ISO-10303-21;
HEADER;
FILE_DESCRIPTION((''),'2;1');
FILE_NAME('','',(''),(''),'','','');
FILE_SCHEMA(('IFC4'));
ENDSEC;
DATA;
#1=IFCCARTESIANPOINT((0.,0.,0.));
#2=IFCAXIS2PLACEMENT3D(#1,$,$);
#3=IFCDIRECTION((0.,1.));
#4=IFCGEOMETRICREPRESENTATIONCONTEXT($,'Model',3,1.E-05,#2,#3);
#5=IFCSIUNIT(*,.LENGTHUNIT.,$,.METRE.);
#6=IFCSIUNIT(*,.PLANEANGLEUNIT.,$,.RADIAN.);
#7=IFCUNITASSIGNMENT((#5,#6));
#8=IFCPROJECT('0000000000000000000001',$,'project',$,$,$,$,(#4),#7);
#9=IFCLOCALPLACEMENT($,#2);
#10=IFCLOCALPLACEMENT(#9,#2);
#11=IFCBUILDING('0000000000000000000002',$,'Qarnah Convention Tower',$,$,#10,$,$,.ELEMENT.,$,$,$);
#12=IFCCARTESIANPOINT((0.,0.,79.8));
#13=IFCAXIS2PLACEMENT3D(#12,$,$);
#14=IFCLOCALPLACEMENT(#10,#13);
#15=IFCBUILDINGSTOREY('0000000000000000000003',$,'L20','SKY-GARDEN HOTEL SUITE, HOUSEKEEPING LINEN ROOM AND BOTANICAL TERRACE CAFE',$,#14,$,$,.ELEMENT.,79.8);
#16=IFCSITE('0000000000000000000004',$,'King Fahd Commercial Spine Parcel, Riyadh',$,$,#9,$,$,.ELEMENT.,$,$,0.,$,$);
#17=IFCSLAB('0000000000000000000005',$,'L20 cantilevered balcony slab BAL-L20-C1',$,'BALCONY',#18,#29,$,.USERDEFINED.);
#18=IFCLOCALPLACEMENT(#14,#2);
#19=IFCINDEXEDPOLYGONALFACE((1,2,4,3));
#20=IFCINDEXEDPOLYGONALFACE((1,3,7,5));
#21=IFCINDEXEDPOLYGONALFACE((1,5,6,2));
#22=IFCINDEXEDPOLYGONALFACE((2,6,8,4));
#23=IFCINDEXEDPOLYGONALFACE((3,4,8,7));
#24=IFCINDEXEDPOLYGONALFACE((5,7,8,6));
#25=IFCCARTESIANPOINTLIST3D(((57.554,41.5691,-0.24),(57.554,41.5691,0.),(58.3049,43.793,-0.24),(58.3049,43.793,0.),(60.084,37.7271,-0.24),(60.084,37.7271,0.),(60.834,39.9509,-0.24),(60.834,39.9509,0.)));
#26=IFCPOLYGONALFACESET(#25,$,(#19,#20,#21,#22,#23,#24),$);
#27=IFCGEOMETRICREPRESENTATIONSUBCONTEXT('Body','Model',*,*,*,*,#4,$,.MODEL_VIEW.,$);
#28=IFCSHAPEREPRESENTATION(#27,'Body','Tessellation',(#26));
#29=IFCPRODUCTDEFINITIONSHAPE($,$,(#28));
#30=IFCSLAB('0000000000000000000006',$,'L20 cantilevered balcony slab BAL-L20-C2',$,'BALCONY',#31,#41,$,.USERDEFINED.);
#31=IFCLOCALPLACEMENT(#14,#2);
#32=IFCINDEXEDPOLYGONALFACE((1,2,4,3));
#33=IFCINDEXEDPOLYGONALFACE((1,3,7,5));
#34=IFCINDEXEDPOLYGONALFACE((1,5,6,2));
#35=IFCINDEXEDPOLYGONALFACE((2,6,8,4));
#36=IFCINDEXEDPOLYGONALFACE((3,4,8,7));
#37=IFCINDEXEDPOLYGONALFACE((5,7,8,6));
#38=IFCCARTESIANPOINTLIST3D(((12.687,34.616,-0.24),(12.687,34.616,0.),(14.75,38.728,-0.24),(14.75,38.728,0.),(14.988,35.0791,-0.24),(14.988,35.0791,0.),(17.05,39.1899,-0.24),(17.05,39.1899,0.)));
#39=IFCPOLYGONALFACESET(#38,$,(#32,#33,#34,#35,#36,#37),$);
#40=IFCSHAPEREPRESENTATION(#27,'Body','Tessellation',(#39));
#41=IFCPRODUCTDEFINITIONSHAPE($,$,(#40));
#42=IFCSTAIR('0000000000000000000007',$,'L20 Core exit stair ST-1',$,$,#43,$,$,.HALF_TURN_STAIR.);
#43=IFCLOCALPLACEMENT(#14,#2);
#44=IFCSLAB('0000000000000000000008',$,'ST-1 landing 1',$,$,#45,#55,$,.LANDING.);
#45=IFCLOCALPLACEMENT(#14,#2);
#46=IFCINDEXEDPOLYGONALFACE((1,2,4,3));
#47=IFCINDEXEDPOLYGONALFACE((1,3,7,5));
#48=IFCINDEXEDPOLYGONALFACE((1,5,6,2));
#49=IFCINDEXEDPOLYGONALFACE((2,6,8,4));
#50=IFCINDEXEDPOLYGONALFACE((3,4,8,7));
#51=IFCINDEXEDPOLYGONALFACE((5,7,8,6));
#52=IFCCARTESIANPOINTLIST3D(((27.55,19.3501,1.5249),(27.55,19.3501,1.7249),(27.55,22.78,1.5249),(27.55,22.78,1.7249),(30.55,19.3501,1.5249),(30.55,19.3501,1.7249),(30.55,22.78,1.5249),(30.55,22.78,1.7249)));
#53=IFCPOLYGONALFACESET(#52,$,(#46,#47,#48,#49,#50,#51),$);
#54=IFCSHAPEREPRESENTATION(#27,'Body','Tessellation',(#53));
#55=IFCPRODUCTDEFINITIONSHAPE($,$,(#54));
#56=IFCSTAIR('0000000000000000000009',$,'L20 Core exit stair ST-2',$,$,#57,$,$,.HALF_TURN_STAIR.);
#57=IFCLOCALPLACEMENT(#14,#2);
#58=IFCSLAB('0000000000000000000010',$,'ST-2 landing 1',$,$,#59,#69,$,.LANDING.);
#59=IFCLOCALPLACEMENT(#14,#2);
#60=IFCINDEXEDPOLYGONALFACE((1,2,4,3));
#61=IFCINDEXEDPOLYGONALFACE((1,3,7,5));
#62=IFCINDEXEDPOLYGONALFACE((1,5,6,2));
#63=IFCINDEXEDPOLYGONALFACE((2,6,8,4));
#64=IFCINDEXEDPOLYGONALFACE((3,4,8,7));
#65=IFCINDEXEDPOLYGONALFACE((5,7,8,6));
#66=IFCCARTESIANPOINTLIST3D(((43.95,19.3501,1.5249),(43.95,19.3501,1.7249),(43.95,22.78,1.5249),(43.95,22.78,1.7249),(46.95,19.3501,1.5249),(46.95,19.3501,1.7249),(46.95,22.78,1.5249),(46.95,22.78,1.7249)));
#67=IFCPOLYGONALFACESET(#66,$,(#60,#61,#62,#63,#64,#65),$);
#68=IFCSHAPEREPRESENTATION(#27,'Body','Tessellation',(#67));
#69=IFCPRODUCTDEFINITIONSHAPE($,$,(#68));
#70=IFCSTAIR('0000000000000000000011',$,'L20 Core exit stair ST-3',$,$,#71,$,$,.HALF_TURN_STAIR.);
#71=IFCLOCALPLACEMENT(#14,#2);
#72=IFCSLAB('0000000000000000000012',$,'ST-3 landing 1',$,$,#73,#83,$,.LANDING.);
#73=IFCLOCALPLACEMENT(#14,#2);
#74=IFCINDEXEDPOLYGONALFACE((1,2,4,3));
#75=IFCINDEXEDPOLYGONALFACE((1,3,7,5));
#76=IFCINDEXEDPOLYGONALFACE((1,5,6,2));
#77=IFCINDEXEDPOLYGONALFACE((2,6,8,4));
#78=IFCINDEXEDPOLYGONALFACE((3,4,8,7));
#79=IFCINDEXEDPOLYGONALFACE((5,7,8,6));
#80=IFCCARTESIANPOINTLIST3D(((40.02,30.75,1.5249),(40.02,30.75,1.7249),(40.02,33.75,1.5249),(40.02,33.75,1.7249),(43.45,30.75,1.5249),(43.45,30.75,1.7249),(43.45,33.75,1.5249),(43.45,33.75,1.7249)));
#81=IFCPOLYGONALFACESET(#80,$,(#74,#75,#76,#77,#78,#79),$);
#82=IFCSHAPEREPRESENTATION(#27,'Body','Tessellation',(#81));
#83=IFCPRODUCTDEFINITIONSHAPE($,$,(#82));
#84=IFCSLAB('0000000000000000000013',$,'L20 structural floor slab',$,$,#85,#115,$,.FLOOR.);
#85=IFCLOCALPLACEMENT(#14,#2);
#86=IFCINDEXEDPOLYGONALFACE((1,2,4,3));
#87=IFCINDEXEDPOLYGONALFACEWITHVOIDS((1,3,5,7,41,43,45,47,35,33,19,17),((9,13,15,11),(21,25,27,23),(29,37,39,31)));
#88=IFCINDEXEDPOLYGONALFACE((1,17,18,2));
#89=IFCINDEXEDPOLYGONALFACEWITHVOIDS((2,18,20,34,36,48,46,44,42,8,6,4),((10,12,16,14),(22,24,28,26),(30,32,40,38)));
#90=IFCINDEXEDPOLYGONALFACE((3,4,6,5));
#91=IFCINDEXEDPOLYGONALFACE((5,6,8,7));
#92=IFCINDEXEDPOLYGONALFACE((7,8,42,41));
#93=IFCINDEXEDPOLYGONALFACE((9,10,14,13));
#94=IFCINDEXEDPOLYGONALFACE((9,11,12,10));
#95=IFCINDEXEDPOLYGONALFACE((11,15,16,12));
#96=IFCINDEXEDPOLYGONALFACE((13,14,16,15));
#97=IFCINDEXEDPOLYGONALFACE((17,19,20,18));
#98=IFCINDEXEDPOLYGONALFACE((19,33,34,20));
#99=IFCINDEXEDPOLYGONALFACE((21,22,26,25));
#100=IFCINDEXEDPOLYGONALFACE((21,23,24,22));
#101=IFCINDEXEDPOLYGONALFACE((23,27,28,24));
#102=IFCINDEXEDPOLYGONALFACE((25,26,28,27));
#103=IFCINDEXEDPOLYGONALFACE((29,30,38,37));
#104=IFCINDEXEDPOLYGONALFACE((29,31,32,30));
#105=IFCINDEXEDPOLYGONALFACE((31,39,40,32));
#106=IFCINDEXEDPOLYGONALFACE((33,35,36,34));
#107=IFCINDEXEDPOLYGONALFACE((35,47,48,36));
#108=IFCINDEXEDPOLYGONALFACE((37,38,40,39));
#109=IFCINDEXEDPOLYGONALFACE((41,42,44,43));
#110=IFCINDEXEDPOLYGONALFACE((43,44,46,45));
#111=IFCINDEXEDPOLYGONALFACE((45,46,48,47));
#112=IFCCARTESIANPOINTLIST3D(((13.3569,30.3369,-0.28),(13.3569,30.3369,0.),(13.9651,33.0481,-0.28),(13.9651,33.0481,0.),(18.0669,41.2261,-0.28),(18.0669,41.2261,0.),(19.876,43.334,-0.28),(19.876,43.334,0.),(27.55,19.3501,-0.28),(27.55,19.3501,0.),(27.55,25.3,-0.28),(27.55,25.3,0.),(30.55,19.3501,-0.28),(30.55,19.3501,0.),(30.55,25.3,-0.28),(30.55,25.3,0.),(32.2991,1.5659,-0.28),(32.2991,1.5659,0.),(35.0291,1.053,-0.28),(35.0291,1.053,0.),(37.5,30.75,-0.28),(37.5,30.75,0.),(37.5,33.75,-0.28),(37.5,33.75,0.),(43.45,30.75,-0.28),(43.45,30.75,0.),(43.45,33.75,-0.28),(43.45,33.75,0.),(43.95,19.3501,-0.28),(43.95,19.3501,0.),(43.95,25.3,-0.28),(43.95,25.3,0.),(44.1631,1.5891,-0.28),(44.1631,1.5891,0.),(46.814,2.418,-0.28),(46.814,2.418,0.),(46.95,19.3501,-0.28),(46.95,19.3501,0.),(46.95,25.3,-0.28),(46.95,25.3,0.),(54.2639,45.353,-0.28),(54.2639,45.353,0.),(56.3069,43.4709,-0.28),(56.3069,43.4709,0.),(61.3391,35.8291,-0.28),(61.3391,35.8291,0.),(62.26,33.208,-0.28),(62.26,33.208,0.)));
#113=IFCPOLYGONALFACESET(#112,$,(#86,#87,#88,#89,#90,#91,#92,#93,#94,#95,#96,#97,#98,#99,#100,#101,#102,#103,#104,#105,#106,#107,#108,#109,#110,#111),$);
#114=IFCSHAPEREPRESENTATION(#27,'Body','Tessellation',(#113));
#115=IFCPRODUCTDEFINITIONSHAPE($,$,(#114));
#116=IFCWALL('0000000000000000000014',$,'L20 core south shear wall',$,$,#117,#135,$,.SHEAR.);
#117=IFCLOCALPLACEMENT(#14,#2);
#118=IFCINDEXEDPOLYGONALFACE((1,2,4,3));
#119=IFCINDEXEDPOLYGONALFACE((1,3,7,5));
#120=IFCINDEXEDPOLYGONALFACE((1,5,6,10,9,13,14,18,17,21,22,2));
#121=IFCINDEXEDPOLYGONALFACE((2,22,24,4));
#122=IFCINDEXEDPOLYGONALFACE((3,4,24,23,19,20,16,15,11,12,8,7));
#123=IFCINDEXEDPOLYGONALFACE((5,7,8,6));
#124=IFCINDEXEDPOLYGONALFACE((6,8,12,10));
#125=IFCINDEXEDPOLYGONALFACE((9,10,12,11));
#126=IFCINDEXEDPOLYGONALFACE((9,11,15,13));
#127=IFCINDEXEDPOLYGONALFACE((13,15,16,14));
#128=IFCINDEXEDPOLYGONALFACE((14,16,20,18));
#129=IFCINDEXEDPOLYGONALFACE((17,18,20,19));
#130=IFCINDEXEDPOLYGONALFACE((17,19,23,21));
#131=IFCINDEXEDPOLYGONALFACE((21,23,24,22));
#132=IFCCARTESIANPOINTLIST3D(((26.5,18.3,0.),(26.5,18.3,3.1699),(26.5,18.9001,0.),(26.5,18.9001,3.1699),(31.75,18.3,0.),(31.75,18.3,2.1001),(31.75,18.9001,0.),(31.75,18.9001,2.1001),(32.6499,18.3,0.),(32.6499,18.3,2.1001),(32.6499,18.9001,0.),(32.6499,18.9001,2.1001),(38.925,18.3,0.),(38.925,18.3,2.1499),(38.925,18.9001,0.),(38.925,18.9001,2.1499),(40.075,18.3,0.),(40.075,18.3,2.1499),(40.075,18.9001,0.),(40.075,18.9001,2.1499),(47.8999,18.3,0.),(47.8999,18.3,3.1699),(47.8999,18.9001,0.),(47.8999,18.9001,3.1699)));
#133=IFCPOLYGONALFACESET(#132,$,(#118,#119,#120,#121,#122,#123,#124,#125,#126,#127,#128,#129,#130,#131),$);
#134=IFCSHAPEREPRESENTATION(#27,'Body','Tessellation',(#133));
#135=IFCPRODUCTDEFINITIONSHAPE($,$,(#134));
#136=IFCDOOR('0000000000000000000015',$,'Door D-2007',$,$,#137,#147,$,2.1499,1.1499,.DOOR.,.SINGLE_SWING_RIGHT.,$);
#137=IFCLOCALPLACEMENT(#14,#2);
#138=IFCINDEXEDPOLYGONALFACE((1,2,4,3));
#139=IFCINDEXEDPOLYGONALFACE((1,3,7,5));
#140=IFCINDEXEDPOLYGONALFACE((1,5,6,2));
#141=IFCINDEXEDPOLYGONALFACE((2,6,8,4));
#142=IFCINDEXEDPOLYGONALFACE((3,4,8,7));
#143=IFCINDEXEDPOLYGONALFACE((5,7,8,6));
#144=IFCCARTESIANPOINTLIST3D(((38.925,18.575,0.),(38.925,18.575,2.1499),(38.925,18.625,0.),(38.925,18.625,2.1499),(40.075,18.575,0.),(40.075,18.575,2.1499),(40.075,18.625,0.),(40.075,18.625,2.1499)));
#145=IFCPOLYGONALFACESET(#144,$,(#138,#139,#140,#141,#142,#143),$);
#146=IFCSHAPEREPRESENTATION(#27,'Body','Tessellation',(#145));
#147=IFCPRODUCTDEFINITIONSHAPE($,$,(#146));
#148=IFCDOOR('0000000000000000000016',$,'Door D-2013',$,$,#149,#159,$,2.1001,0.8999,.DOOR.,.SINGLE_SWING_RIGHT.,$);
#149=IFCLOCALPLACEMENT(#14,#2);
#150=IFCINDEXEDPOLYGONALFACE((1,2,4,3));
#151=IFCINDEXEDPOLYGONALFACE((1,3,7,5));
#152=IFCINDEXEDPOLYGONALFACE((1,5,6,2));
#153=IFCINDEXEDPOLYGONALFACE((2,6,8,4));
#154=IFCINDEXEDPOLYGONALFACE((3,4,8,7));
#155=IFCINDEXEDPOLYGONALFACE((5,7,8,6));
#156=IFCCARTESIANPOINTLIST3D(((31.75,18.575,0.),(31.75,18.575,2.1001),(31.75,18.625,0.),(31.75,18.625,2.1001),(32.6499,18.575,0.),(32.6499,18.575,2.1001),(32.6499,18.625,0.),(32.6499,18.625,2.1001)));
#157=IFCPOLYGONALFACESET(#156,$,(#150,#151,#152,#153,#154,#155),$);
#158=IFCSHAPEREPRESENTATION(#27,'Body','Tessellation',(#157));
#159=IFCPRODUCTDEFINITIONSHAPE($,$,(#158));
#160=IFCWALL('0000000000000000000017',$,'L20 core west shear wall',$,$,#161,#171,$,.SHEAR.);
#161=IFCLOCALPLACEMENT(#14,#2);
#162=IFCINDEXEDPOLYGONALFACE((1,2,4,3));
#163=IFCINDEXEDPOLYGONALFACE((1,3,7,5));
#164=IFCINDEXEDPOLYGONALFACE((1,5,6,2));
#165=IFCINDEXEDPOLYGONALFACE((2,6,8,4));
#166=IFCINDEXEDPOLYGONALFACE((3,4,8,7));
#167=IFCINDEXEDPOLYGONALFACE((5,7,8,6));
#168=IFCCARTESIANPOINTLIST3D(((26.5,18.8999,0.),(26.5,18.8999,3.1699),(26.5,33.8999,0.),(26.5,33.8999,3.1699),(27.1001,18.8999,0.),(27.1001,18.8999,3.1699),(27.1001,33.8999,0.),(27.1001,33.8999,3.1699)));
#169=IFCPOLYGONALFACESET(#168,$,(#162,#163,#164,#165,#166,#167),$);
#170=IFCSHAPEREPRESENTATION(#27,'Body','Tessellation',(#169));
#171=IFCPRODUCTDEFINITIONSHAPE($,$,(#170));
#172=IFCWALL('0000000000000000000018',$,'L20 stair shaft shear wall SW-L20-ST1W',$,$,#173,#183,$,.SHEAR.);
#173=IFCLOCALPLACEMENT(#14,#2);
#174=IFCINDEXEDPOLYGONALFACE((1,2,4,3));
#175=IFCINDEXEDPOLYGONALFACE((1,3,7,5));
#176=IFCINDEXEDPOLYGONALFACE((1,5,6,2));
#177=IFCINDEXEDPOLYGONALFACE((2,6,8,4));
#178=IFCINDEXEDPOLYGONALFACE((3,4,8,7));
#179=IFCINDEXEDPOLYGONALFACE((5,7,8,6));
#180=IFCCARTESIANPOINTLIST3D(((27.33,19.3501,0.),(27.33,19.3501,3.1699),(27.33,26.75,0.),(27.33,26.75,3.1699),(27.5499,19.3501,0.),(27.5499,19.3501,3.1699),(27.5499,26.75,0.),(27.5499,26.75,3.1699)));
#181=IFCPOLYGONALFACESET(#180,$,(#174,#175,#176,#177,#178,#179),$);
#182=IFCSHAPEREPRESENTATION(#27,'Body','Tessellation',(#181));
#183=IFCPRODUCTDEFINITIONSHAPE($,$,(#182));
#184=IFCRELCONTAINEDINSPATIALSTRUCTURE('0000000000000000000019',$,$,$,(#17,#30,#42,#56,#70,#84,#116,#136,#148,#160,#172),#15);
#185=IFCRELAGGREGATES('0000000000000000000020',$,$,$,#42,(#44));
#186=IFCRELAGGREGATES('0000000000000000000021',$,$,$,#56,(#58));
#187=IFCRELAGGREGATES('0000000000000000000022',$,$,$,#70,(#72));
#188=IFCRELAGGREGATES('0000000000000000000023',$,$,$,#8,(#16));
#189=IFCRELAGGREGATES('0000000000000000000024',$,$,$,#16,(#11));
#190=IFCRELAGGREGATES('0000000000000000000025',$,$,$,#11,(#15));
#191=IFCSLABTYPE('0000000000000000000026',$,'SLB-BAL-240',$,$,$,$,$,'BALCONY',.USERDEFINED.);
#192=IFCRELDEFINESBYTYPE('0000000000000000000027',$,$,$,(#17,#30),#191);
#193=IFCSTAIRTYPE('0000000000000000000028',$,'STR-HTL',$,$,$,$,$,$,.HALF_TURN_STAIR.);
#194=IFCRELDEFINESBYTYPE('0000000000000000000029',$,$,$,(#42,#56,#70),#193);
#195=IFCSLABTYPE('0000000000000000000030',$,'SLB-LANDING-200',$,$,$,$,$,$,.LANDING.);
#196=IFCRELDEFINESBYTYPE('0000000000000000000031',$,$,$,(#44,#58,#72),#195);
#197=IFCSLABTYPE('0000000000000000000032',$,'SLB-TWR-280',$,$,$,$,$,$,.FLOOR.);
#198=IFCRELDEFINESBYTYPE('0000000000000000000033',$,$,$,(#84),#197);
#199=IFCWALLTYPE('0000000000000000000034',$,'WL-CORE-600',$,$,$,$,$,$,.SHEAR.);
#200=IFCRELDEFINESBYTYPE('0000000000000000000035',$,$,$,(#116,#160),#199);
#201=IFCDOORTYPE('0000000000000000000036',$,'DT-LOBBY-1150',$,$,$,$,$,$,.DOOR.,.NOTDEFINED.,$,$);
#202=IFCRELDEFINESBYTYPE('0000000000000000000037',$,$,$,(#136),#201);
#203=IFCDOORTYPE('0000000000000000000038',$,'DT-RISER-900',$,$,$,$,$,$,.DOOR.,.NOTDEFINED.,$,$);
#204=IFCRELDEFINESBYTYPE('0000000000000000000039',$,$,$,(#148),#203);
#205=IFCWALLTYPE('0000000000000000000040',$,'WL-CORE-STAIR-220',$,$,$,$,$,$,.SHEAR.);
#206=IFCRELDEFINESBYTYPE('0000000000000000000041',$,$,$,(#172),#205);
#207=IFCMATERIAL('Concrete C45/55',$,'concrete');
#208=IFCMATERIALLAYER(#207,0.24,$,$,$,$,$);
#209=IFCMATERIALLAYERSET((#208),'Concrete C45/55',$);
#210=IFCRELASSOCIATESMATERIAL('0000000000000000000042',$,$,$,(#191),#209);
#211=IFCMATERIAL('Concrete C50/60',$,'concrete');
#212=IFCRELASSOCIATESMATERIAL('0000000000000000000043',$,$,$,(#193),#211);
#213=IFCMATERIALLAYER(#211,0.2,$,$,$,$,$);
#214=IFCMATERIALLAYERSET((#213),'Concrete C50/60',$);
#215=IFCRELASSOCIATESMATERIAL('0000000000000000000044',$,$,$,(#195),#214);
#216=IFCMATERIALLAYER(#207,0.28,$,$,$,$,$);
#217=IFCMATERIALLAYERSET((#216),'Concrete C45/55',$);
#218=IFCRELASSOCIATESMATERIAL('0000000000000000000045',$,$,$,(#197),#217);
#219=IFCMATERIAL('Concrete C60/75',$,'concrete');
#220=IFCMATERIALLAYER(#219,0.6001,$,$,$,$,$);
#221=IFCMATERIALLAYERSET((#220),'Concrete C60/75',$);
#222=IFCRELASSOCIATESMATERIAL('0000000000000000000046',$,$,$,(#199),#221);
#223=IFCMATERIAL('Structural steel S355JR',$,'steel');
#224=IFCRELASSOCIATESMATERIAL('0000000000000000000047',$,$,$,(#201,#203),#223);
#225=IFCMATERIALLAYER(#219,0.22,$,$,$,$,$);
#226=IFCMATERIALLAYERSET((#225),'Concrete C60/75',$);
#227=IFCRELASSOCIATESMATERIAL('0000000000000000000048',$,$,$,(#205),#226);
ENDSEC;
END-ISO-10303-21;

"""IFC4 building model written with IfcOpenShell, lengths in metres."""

from ifc_helpers import new_model, si_unit, direction, frame, frame_2d, origin, place, context, subcontext, project, spatial, polyline, rectangle, outline, extrude, material, layer, layer_set, type_object, element, fill, aggregate, save


model = new_model("IFC4")

# Units and contexts
model_context = context("Model", 3, precision=1e-05, world=origin(), true_north=direction((0.0, 1.0)))
body_context = subcontext(model_context, "Body", "Model", "MODEL_VIEW")
ifc_project = project(units=[si_unit("LENGTHUNIT", "METRE"), si_unit("PLANEANGLEUNIT", "RADIAN")], contexts=[model_context])

# Site, building, storey
site_placement = place(None, origin())
site = spatial("IfcSite", under=ifc_project, at=site_placement, Name="King Fahd Commercial Spine Parcel, Riyadh", CompositionType="ELEMENT", RefElevation=0.0)
building_placement = place(site_placement, origin())
building = spatial("IfcBuilding", under=site, at=building_placement, Name="Qarnah Convention Tower", CompositionType="ELEMENT")
storey_placement = place(building_placement, frame((0.0, 0.0, 79.8)))
storey = spatial("IfcBuildingStorey", under=building, at=storey_placement, Name="L20", Description="SKY-GARDEN HOTEL SUITE, HOUSEKEEPING LINEN ROOM AND BOTANICAL TERRACE CAFE", CompositionType="ELEMENT", Elevation=79.8)

# Shared definitions
ifc_material_1 = material(Name="Concrete C60/75", Category="concrete")

# Shared definitions
ifc_material_2 = material(Name="Structural steel S355JR", Category="steel")

# Slabs
ifc_material_3 = material(Name="Concrete C45/55", Category="concrete")
ifc_layer_1 = layer(ifc_material_3, 0.24)
ifc_layer_set_1 = layer_set([ifc_layer_1], Name="Concrete C45/55")
slab_type_1 = type_object("IfcSlabType", Name="SLB-BAL-240", ElementType="BALCONY", PredefinedType="USERDEFINED", material=ifc_layer_set_1)
slab_1_placement = place(storey_placement, frame((0.0, 0.0, -0.24)))
element("IfcSlab", 1, at=slab_1_placement, inside=storey, type_object=slab_type_1, Name="L20 cantilevered balcony slab BAL-L20-C1", ObjectType="BALCONY", PredefinedType="USERDEFINED", context=body_context, shape_type="SweptSolid", body=[
    extrude(outline(polyline([(58.3049, 43.793), (60.834, 39.9509), (60.084, 37.7271), (57.554, 41.5691), (58.3049, 43.793)])), origin(), (0.0, 0.0, 1.0), 0.24),
])
slab_2_placement = place(storey_placement, frame((0.0, 0.0, -0.24)))
element("IfcSlab", 2, at=slab_2_placement, inside=storey, type_object=slab_type_1, Name="L20 cantilevered balcony slab BAL-L20-C2", ObjectType="BALCONY", PredefinedType="USERDEFINED", context=body_context, shape_type="SweptSolid", body=[
    extrude(outline(polyline([(12.687, 34.616), (14.75, 38.728), (17.05, 39.1899), (14.988, 35.0791), (12.687, 34.616)])), origin(), (0.0, 0.0, 1.0), 0.24),
])

# Stairs, slabs
ifc_material_4 = material(Name="Concrete C50/60", Category="concrete")
stair_type = type_object("IfcStairType", Name="STR-HTL", PredefinedType="HALF_TURN_STAIR", material=ifc_material_4)
stair_1_placement = place(storey_placement, origin())
stair_1 = element("IfcStair", 3, at=stair_1_placement, inside=storey, type_object=stair_type, Name="L20 Core exit stair ST-1", PredefinedType="HALF_TURN_STAIR")
ifc_layer_2 = layer(ifc_material_4, 0.2)
ifc_layer_set_2 = layer_set([ifc_layer_2], Name="Concrete C50/60")
slab_type_2 = type_object("IfcSlabType", Name="SLB-LANDING-200", PredefinedType="LANDING", material=ifc_layer_set_2)
slab_3_placement = place(storey_placement, frame((0.0, 0.0, 1.5249)))
slab_3 = element("IfcSlab", 4, at=slab_3_placement, type_object=slab_type_2, Name="ST-1 landing 1", PredefinedType="LANDING", context=body_context, shape_type="SweptSolid", body=[
    extrude(outline(polyline([(27.55, 22.78), (27.55, 19.3501), (30.55, 19.3501), (30.55, 22.78), (27.55, 22.78)])), origin(), (0.0, 0.0, 1.0), 0.2),
])
aggregate(stair_1, [slab_3])
stair_2_placement = place(storey_placement, origin())
stair_2 = element("IfcStair", 5, at=stair_2_placement, inside=storey, type_object=stair_type, Name="L20 Core exit stair ST-2", PredefinedType="HALF_TURN_STAIR")
slab_4_placement = place(storey_placement, frame((0.0, 0.0, 1.5249)))
slab_4 = element("IfcSlab", 6, at=slab_4_placement, type_object=slab_type_2, Name="ST-2 landing 1", PredefinedType="LANDING", context=body_context, shape_type="SweptSolid", body=[
    extrude(outline(polyline([(43.95, 22.78), (43.95, 19.3501), (46.95, 19.3501), (46.95, 22.78), (43.95, 22.78)])), origin(), (0.0, 0.0, 1.0), 0.2),
])
aggregate(stair_2, [slab_4])
stair_3_placement = place(storey_placement, origin())
stair_3 = element("IfcStair", 7, at=stair_3_placement, inside=storey, type_object=stair_type, Name="L20 Core exit stair ST-3", PredefinedType="HALF_TURN_STAIR")
slab_5_placement = place(storey_placement, frame((0.0, 0.0, 1.5249)))
slab_5 = element("IfcSlab", 8, at=slab_5_placement, type_object=slab_type_2, Name="ST-3 landing 1", PredefinedType="LANDING", context=body_context, shape_type="SweptSolid", body=[
    extrude(outline(polyline([(40.02, 30.75), (43.45, 30.75), (43.45, 33.75), (40.02, 33.75), (40.02, 30.75)])), origin(), (0.0, 0.0, 1.0), 0.2),
])
aggregate(stair_3, [slab_5])

# Slab
ifc_layer_3 = layer(ifc_material_3, 0.28)
ifc_layer_set_3 = layer_set([ifc_layer_3], Name="Concrete C45/55")
slab_type_3 = type_object("IfcSlabType", Name="SLB-TWR-280", PredefinedType="FLOOR", material=ifc_layer_set_3)
slab_6_placement = place(storey_placement, frame((0.0, 0.0, -0.28)))
element("IfcSlab", 9, at=slab_6_placement, inside=storey, type_object=slab_type_3, Name="L20 structural floor slab", PredefinedType="FLOOR", context=body_context, shape_type="SweptSolid", body=[
    extrude(outline(polyline([(54.2639, 45.353), (19.876, 43.334), (18.0669, 41.2261), (13.9651, 33.0481), (13.3569, 30.3369), (32.2991, 1.5659), (35.0291, 1.053), (44.1631, 1.5891), (46.814, 2.418), (62.26, 33.208), (61.3391, 35.8291), (56.3069, 43.4709), (54.2639, 45.353)]), holes=[polyline([(27.55, 25.3), (27.55, 19.3501), (30.55, 19.3501), (30.55, 25.3), (27.55, 25.3)]), polyline([(43.95, 25.3), (43.95, 19.3501), (46.95, 19.3501), (46.95, 25.3), (43.95, 25.3)]), polyline([(37.5, 30.75), (43.45, 30.75), (43.45, 33.75), (37.5, 33.75), (37.5, 30.75)])]), origin(), (0.0, 0.0, 1.0), 0.28),
])

# Wall, openings, doors
ifc_layer_4 = layer(ifc_material_1, 0.6001)
ifc_layer_set_4 = layer_set([ifc_layer_4], Name="Concrete C60/75")
wall_type_1 = type_object("IfcWallType", Name="WL-CORE-600", PredefinedType="SHEAR", material=ifc_layer_set_4)
wall_1_placement = place(storey_placement, frame((26.5, 18.6001, 0.0), z_axis=(0.0, 0.0, 1.0), x_axis=(1.0, 0.0, 0.0)))
wall_1 = element("IfcWall", 10, at=wall_1_placement, inside=storey, type_object=wall_type_1, Name="L20 core south shear wall", PredefinedType="SHEAR", context=body_context, shape_type="SweptSolid", body=[
    extrude(rectangle(XDim=21.3999, YDim=0.6001, at=frame_2d((10.7, 0.0))), origin(), (0.0, 0.0, 1.0), 3.1699),
])
opening_1_placement = place(wall_1_placement, frame((12.425, 0.0, 0.0)))
opening_1 = element("IfcOpeningElement", 11, at=opening_1_placement, cuts=wall_1, PredefinedType="OPENING", context=body_context, shape_type="SweptSolid", body=[
    extrude(rectangle(XDim=1.1499, YDim=2.1499, at=frame_2d((0.575, 1.075))), frame((0.0, 0.3101, 0.0), z_axis=(0.0, -1.0, 0.0), x_axis=(1.0, 0.0, 0.0)), (0.0, 0.0, 1.0), 0.6201),
])
opening_2_placement = place(wall_1_placement, frame((5.25, 0.0, 0.0)))
opening_2 = element("IfcOpeningElement", 12, at=opening_2_placement, cuts=wall_1, PredefinedType="OPENING", context=body_context, shape_type="SweptSolid", body=[
    extrude(rectangle(XDim=0.8999, YDim=2.1001, at=frame_2d((0.45, 1.05))), frame((0.0, 0.3101, 0.0), z_axis=(0.0, -1.0, 0.0), x_axis=(1.0, 0.0, 0.0)), (0.0, 0.0, 1.0), 0.6201),
])
door_type_1 = type_object("IfcDoorType", Name="DT-LOBBY-1150", OperationType="NOTDEFINED", PredefinedType="DOOR", material=ifc_material_2)
door_1_placement = place(opening_1_placement, origin())
door_1 = element("IfcDoor", 13, at=door_1_placement, inside=storey, type_object=door_type_1, Name="Door D-2007", OperationType="SINGLE_SWING_RIGHT", OverallHeight=2.1499, OverallWidth=1.1499, PredefinedType="DOOR", context=body_context, shape_type="SweptSolid", body=[
    extrude(rectangle(XDim=1.1499, YDim=2.1499, at=frame_2d((0.575, 1.075))), frame((0.0, 0.0249, 0.0), z_axis=(0.0, -1.0, 0.0), x_axis=(1.0, 0.0, 0.0)), (0.0, 0.0, 1.0), 0.05),
])
fill(opening_1, door_1)
door_type_2 = type_object("IfcDoorType", Name="DT-RISER-900", OperationType="NOTDEFINED", PredefinedType="DOOR", material=ifc_material_2)
door_2_placement = place(opening_2_placement, origin())
door_2 = element("IfcDoor", 14, at=door_2_placement, inside=storey, type_object=door_type_2, Name="Door D-2013", OperationType="SINGLE_SWING_RIGHT", OverallHeight=2.1001, OverallWidth=0.8999, PredefinedType="DOOR", context=body_context, shape_type="SweptSolid", body=[
    extrude(rectangle(XDim=0.8999, YDim=2.1001, at=frame_2d((0.45, 1.05))), frame((0.0, 0.0249, 0.0), z_axis=(0.0, -1.0, 0.0), x_axis=(1.0, 0.0, 0.0)), (0.0, 0.0, 1.0), 0.05),
])
fill(opening_2, door_2)

# Walls
wall_2_placement = place(storey_placement, frame((26.8, 18.8999, 0.0), z_axis=(0.0, 0.0, 1.0), x_axis=(0.0, 1.0, 0.0)))
element("IfcWall", 15, at=wall_2_placement, inside=storey, type_object=wall_type_1, Name="L20 core west shear wall", PredefinedType="SHEAR", context=body_context, shape_type="SweptSolid", body=[
    extrude(rectangle(XDim=15.0, YDim=0.6001, at=frame_2d((7.5, 0.0))), origin(), (0.0, 0.0, 1.0), 3.1699),
])
ifc_layer_5 = layer(ifc_material_1, 0.22)
ifc_layer_set_5 = layer_set([ifc_layer_5], Name="Concrete C60/75")
wall_type_2 = type_object("IfcWallType", Name="WL-CORE-STAIR-220", PredefinedType="SHEAR", material=ifc_layer_set_5)
wall_3_placement = place(storey_placement, frame((27.4399, 19.3501, 0.0), z_axis=(0.0, 0.0, 1.0), x_axis=(0.0, 1.0, 0.0)))
element("IfcWall", 16, at=wall_3_placement, inside=storey, type_object=wall_type_2, Name="L20 stair shaft shear wall SW-L20-ST1W", PredefinedType="SHEAR", context=body_context, shape_type="SweptSolid", body=[
    extrude(rectangle(XDim=7.3999, YDim=0.22, at=frame_2d((3.7, 0.0))), origin(), (0.0, 0.0, 1.0), 3.1699),
])

save(model, "model.ifc")
